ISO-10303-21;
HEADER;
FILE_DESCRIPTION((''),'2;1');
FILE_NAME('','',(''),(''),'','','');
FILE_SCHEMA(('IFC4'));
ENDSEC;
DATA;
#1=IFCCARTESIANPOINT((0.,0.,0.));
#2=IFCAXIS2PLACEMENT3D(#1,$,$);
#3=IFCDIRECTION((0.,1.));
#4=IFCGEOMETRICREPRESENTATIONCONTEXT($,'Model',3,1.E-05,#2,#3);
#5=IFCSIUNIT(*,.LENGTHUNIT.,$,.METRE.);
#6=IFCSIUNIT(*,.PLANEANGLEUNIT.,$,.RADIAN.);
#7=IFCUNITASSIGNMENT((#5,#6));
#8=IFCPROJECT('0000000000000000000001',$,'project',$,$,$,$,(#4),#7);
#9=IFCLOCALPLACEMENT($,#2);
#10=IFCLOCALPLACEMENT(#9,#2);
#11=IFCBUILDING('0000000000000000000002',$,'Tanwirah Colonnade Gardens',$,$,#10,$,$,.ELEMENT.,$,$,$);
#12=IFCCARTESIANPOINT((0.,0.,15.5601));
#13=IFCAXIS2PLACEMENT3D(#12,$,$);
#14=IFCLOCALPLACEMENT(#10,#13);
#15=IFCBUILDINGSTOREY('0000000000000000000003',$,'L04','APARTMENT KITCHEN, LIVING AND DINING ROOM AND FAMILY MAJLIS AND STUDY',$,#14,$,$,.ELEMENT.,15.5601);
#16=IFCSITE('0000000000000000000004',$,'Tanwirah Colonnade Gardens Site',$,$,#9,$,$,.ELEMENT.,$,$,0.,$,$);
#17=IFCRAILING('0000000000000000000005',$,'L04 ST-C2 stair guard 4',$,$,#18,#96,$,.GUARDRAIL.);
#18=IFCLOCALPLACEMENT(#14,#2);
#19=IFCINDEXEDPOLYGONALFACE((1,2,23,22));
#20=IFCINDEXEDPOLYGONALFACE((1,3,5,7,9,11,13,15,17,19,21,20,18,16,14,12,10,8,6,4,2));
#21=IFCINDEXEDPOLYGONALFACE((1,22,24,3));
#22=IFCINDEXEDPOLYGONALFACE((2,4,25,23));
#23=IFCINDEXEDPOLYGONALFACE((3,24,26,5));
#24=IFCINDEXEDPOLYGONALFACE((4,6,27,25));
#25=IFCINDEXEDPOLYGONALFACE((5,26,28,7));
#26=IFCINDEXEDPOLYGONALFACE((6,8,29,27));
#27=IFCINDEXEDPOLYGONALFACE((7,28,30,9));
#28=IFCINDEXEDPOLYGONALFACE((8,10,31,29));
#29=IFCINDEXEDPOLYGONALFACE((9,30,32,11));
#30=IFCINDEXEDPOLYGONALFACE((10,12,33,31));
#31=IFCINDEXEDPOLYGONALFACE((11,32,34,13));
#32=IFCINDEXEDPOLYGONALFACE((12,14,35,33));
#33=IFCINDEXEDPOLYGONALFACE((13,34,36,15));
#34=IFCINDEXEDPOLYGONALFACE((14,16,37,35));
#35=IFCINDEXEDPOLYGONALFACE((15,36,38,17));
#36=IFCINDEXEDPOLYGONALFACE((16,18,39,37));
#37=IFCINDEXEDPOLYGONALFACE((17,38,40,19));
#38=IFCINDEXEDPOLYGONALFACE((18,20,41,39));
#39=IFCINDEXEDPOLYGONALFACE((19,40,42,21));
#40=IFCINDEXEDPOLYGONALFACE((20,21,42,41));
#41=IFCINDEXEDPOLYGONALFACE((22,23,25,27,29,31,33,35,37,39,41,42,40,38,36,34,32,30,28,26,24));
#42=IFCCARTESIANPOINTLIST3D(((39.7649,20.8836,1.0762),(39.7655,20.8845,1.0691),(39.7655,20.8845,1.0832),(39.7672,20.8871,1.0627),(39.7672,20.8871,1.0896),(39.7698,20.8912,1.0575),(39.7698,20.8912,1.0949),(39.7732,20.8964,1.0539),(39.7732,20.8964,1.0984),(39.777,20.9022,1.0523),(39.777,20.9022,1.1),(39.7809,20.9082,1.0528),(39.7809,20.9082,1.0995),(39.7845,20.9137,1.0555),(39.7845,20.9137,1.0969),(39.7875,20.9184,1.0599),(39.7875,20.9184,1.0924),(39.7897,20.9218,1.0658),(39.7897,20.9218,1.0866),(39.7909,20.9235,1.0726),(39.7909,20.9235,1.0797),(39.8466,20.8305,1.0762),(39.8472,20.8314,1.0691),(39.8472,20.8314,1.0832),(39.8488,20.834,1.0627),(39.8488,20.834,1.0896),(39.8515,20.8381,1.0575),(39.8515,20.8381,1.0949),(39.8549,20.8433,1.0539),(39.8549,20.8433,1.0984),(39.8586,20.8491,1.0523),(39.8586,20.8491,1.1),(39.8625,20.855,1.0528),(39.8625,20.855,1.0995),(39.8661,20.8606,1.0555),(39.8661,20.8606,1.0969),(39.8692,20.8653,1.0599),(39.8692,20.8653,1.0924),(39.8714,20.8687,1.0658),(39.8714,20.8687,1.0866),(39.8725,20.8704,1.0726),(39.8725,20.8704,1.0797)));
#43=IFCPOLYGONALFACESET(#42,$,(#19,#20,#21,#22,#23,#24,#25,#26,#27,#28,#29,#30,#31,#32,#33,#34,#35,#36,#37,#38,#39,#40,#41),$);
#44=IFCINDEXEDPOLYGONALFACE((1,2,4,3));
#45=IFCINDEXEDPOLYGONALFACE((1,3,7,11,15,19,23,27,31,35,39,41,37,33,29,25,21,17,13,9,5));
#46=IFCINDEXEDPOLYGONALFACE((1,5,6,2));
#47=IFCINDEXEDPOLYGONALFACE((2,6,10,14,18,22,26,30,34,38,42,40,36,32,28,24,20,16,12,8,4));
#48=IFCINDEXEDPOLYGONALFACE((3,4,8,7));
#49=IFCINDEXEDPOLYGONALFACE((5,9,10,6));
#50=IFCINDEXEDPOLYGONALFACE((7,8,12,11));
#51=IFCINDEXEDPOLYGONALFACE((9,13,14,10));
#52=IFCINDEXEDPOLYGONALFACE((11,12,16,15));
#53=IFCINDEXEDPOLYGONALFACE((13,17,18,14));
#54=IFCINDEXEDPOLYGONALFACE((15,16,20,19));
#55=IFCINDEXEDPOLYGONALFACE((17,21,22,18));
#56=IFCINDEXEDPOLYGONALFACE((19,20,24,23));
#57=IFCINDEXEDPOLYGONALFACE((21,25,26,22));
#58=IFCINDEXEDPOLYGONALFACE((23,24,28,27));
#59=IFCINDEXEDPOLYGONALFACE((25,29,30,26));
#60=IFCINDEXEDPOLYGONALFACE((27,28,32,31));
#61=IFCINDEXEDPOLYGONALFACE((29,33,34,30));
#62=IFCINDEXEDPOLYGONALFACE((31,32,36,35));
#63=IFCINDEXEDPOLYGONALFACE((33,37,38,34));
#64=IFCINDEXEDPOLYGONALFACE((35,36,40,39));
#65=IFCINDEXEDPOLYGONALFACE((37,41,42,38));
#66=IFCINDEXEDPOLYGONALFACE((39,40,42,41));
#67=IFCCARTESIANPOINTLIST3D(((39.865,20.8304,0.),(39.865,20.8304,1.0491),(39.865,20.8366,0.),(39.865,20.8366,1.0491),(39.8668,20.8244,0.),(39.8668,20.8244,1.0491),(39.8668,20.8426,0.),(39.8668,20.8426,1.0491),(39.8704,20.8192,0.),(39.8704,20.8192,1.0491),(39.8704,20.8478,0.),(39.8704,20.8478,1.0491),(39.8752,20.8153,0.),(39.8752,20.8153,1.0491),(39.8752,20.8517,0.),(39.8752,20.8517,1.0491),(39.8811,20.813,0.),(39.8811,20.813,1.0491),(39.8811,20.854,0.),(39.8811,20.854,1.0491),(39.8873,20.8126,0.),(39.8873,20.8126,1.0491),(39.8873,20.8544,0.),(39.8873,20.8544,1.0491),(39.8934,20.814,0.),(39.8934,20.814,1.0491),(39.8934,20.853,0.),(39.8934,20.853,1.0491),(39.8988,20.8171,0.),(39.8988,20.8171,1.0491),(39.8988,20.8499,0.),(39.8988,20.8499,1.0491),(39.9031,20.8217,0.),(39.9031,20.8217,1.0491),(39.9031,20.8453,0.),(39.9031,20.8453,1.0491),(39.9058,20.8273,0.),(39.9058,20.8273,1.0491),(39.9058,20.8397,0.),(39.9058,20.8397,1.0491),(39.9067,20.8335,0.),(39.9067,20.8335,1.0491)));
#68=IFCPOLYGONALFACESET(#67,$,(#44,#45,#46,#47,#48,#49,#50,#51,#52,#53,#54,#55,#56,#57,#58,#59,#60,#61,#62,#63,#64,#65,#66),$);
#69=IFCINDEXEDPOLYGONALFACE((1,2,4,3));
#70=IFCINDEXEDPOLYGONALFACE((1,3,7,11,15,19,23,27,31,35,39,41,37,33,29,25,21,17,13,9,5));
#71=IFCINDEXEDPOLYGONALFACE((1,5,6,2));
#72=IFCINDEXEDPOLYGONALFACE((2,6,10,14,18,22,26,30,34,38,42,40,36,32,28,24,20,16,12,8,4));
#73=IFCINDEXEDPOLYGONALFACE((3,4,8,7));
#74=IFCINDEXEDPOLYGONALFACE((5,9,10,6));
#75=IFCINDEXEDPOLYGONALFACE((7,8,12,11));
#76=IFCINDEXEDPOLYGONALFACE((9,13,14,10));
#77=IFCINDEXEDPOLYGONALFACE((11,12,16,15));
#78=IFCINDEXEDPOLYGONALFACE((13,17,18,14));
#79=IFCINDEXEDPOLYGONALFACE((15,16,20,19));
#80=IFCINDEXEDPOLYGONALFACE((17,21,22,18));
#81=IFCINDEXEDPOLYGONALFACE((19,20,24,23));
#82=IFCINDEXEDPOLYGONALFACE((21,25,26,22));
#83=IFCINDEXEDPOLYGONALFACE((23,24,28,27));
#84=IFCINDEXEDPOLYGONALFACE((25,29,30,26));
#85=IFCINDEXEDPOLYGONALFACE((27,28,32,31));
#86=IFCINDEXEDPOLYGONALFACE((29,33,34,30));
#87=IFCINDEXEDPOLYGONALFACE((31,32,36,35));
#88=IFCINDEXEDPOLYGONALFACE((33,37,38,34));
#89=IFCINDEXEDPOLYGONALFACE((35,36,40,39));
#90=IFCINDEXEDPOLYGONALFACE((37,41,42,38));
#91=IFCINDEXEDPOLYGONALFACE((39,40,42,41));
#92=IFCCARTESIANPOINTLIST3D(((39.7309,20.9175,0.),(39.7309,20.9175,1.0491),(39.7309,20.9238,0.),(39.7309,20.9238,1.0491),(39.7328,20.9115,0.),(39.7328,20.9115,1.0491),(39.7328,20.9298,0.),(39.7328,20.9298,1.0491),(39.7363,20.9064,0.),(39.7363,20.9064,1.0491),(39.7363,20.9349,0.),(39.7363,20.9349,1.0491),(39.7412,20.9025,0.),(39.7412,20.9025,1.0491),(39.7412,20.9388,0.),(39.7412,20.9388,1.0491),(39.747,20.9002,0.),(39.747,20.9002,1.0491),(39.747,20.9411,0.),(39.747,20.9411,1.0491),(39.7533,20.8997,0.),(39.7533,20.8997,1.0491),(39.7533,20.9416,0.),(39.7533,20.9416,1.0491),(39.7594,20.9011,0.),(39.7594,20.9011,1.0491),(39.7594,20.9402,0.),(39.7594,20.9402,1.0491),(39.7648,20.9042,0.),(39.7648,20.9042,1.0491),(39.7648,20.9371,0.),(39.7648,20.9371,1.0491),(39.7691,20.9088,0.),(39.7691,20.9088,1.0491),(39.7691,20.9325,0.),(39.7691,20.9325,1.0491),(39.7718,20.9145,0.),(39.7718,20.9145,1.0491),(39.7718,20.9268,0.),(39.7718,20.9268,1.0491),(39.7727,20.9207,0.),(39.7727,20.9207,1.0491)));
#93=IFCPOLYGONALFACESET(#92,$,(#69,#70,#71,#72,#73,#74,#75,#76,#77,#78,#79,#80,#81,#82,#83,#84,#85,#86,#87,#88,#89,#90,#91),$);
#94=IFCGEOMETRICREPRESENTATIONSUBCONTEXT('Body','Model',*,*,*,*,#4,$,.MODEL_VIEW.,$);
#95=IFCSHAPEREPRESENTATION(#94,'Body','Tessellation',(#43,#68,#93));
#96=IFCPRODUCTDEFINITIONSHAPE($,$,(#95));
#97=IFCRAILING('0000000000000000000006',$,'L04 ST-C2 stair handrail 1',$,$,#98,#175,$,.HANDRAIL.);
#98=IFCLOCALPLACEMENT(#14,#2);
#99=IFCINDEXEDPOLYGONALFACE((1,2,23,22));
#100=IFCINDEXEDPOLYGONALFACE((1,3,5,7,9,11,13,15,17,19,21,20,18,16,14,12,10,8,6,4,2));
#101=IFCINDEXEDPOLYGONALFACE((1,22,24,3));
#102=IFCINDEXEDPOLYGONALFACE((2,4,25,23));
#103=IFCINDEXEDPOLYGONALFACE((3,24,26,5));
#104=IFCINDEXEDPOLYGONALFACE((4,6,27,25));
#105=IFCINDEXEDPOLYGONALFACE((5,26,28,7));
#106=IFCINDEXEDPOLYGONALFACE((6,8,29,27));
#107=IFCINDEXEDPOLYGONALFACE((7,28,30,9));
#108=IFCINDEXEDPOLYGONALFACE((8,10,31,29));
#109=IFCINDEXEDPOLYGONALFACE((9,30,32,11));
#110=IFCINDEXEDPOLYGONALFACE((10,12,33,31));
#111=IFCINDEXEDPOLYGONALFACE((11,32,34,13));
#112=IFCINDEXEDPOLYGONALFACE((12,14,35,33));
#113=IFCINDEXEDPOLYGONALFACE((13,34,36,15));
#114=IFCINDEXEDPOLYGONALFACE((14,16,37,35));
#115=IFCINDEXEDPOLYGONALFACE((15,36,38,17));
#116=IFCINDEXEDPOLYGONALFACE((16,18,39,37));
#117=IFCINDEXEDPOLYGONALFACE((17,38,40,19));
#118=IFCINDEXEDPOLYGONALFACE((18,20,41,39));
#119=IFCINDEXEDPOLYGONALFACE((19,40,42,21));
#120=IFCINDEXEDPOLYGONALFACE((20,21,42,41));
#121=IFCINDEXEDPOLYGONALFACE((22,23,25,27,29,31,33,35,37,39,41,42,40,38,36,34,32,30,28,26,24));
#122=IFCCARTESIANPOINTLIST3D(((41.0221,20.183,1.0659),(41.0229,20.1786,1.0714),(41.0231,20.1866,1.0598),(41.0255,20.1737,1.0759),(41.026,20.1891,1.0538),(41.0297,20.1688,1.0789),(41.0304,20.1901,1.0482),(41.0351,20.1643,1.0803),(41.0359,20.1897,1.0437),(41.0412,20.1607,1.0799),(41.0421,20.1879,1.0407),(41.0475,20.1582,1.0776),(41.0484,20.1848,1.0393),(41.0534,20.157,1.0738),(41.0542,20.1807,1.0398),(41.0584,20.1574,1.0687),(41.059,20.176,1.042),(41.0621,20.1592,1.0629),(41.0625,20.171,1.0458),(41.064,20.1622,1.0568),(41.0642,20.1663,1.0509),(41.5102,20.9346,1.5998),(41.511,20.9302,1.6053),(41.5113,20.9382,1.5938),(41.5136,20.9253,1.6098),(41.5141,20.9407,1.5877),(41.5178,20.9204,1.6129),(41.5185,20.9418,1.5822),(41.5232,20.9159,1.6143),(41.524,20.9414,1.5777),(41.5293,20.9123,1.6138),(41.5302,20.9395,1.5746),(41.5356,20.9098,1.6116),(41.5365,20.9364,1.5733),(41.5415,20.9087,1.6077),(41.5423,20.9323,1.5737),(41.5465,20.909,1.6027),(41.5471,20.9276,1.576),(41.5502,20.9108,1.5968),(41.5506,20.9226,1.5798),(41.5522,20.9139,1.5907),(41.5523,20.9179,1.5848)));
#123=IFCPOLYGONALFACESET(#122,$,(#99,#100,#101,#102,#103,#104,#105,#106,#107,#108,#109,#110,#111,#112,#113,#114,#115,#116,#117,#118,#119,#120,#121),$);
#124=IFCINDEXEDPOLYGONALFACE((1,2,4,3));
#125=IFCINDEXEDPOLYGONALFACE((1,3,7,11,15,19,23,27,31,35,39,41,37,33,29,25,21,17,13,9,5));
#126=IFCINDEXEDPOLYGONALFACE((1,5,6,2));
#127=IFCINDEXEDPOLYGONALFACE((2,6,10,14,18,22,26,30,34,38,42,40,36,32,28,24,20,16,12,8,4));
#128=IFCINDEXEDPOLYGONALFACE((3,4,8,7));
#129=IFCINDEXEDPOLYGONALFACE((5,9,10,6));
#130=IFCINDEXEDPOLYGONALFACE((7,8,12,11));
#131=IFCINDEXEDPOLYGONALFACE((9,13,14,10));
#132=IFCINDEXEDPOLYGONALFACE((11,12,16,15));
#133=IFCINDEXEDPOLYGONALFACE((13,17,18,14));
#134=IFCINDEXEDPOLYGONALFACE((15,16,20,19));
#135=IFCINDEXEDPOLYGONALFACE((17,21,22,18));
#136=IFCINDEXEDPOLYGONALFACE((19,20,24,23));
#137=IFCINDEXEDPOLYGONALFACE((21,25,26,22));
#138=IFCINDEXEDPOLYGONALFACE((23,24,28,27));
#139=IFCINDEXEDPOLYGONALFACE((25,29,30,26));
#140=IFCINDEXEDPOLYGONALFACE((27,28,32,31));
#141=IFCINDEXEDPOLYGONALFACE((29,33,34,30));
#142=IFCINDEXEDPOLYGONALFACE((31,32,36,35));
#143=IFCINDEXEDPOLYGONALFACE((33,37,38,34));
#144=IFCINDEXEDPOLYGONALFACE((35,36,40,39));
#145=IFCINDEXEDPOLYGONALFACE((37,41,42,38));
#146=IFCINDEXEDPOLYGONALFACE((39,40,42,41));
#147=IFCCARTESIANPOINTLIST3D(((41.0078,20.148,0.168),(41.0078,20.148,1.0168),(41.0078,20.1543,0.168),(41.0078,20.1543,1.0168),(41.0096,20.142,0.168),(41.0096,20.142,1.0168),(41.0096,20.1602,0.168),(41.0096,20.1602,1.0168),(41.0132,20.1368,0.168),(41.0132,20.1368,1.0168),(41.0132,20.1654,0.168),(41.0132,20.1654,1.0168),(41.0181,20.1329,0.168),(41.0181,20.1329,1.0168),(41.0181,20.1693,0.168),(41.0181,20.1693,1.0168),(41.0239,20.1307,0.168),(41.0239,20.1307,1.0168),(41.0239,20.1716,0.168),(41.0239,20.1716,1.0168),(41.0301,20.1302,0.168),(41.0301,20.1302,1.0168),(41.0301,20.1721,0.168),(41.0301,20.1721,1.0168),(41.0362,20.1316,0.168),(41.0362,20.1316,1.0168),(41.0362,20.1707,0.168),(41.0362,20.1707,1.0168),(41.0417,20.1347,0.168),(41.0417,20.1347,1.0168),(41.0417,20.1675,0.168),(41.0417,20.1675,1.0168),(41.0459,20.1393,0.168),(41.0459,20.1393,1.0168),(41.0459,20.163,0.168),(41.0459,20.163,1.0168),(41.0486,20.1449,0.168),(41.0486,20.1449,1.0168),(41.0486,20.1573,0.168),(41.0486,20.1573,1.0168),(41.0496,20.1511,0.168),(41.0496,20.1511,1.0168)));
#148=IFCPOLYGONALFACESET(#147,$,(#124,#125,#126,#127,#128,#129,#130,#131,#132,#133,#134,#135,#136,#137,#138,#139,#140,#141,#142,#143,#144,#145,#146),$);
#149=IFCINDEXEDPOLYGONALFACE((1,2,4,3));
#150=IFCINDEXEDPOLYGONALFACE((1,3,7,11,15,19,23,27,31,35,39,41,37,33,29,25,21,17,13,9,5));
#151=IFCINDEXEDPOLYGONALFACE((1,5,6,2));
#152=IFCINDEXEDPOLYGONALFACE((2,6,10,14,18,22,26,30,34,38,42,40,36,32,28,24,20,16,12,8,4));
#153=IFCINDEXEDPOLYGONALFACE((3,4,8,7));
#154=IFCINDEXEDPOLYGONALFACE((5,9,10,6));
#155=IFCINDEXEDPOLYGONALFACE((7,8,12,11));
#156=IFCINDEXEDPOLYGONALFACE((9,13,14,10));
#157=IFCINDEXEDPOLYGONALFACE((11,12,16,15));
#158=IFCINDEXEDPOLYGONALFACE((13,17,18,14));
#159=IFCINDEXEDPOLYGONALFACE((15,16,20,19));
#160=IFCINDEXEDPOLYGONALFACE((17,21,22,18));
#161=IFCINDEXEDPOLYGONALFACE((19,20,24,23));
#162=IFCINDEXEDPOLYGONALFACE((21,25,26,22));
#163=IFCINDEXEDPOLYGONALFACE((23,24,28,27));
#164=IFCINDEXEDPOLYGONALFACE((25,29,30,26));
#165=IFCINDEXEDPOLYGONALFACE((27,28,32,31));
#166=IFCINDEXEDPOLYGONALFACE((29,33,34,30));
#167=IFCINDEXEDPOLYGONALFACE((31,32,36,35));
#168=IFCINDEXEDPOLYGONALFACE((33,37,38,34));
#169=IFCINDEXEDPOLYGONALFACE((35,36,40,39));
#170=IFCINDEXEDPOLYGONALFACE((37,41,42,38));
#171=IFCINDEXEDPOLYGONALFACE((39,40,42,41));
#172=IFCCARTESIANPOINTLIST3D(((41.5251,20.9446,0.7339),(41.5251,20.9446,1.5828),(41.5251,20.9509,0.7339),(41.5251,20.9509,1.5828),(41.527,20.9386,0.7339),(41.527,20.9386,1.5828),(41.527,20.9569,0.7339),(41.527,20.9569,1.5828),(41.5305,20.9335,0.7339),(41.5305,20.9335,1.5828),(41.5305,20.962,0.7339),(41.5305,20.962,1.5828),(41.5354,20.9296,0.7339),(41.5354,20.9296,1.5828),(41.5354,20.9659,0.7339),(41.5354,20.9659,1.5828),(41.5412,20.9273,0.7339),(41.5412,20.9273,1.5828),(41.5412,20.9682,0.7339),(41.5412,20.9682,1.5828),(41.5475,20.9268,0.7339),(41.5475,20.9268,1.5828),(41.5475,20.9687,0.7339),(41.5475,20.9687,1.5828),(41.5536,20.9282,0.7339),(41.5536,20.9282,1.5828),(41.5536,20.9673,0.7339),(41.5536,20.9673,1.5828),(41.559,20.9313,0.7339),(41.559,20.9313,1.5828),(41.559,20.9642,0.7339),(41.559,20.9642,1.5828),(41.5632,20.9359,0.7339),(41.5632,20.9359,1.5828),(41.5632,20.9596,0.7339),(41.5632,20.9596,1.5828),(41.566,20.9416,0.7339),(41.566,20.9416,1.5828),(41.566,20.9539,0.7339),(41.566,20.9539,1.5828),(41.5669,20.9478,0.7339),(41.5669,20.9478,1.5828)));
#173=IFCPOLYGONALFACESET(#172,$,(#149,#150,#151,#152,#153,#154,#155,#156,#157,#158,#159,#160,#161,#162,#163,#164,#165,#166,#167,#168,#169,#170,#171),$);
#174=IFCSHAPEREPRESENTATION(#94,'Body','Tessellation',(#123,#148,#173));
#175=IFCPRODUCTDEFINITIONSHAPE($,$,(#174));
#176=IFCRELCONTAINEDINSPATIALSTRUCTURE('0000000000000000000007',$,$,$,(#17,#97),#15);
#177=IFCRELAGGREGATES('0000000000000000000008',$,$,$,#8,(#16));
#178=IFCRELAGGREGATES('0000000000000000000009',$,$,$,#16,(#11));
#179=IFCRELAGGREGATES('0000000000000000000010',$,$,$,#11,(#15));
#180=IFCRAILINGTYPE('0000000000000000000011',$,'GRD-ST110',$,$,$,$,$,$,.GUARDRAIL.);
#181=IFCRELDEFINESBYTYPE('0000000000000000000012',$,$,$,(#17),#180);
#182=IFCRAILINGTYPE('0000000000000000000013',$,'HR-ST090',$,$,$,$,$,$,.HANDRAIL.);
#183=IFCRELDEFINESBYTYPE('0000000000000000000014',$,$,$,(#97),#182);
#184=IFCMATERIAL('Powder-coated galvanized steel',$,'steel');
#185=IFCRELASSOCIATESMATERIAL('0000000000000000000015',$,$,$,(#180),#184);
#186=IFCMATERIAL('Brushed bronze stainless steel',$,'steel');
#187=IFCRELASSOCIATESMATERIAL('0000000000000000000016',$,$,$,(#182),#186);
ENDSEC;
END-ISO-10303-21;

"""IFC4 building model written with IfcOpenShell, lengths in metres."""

from ifc_helpers import new_model, si_unit, direction, frame, origin, origin_2d, place, context, subcontext, project, spatial, circle, extrude, material, type_object, element, save


model = new_model("IFC4")

# Units and contexts
model_context = context("Model", 3, precision=1e-05, world=origin(), true_north=direction((0.0, 1.0)))
body_context = subcontext(model_context, "Body", "Model", "MODEL_VIEW")
ifc_project = project(units=[si_unit("LENGTHUNIT", "METRE"), si_unit("PLANEANGLEUNIT", "RADIAN")], contexts=[model_context])

# Site, building, storey
site_placement = place(None, origin())
site = spatial("IfcSite", under=ifc_project, at=site_placement, Name="Tanwirah Colonnade Gardens Site", CompositionType="ELEMENT", RefElevation=0.0)
building_placement = place(site_placement, origin())
building = spatial("IfcBuilding", under=site, at=building_placement, Name="Tanwirah Colonnade Gardens", CompositionType="ELEMENT")
storey_placement = place(building_placement, frame((0.0, 0.0, 15.5601)))
storey = spatial("IfcBuildingStorey", under=building, at=storey_placement, Name="L04", Description="APARTMENT KITCHEN, LIVING AND DINING ROOM AND FAMILY MAJLIS AND STUDY", CompositionType="ELEMENT", Elevation=15.5601)

# Railings
ifc_material_1 = material(Name="Powder-coated galvanized steel", Category="steel")
railing_type_1 = type_object("IfcRailingType", Name="GRD-ST110", PredefinedType="GUARDRAIL", material=ifc_material_1)
railing_1_placement = place(storey_placement, frame((39.8857, 20.8335, 0.0)))
element("IfcRailing", 1, at=railing_1_placement, inside=storey, type_object=railing_type_1, Name="L04 ST-C2 stair guard 4", PredefinedType="GUARDRAIL", context=body_context, shape_type="SweptSolid", body=[
    extrude(circle(Radius=0.0239, at=origin_2d()), frame((-0.0261, 0.0171, 1.0762), z_axis=(-0.838339, 0.545149, 0.0), x_axis=(-0.545149, -0.838339, 0.0)), (0.0, 0.0, 1.0), 0.0974),
    extrude(circle(Radius=0.021, at=origin_2d()), origin(), (0.0, 0.0, 1.0), 1.0491),
    extrude(circle(Radius=0.021, at=origin_2d()), frame((-0.134, 0.0872, 0.0)), (0.0, 0.0, 1.0), 1.0491),
])
ifc_material_2 = material(Name="Brushed bronze stainless steel", Category="steel")
railing_type_2 = type_object("IfcRailingType", Name="HR-ST090", PredefinedType="HANDRAIL", material=ifc_material_2)
railing_2_placement = place(storey_placement, frame((41.0286, 20.1511, 0.168)))
element("IfcRailing", 2, at=railing_2_placement, inside=storey, type_object=railing_type_2, Name="L04 ST-C2 stair handrail 1", PredefinedType="HANDRAIL", context=body_context, shape_type="SweptSolid", body=[
    extrude(circle(Radius=0.0239, at=origin_2d()), frame((0.0146, 0.0225, 0.8918), z_axis=(0.46789, 0.720492, 0.51183), x_axis=(-0.838673, 0.544636, 0.0)), (0.0, 0.0, 1.0), 1.0432),
    extrude(circle(Radius=0.021, at=origin_2d()), origin(), (0.0, 0.0, 1.0), 0.8489),
    extrude(circle(Radius=0.021, at=origin_2d()), frame((0.5173, 0.7966, 0.5659)), (0.0, 0.0, 1.0), 0.8489),
])

save(model, "model.ifc")
